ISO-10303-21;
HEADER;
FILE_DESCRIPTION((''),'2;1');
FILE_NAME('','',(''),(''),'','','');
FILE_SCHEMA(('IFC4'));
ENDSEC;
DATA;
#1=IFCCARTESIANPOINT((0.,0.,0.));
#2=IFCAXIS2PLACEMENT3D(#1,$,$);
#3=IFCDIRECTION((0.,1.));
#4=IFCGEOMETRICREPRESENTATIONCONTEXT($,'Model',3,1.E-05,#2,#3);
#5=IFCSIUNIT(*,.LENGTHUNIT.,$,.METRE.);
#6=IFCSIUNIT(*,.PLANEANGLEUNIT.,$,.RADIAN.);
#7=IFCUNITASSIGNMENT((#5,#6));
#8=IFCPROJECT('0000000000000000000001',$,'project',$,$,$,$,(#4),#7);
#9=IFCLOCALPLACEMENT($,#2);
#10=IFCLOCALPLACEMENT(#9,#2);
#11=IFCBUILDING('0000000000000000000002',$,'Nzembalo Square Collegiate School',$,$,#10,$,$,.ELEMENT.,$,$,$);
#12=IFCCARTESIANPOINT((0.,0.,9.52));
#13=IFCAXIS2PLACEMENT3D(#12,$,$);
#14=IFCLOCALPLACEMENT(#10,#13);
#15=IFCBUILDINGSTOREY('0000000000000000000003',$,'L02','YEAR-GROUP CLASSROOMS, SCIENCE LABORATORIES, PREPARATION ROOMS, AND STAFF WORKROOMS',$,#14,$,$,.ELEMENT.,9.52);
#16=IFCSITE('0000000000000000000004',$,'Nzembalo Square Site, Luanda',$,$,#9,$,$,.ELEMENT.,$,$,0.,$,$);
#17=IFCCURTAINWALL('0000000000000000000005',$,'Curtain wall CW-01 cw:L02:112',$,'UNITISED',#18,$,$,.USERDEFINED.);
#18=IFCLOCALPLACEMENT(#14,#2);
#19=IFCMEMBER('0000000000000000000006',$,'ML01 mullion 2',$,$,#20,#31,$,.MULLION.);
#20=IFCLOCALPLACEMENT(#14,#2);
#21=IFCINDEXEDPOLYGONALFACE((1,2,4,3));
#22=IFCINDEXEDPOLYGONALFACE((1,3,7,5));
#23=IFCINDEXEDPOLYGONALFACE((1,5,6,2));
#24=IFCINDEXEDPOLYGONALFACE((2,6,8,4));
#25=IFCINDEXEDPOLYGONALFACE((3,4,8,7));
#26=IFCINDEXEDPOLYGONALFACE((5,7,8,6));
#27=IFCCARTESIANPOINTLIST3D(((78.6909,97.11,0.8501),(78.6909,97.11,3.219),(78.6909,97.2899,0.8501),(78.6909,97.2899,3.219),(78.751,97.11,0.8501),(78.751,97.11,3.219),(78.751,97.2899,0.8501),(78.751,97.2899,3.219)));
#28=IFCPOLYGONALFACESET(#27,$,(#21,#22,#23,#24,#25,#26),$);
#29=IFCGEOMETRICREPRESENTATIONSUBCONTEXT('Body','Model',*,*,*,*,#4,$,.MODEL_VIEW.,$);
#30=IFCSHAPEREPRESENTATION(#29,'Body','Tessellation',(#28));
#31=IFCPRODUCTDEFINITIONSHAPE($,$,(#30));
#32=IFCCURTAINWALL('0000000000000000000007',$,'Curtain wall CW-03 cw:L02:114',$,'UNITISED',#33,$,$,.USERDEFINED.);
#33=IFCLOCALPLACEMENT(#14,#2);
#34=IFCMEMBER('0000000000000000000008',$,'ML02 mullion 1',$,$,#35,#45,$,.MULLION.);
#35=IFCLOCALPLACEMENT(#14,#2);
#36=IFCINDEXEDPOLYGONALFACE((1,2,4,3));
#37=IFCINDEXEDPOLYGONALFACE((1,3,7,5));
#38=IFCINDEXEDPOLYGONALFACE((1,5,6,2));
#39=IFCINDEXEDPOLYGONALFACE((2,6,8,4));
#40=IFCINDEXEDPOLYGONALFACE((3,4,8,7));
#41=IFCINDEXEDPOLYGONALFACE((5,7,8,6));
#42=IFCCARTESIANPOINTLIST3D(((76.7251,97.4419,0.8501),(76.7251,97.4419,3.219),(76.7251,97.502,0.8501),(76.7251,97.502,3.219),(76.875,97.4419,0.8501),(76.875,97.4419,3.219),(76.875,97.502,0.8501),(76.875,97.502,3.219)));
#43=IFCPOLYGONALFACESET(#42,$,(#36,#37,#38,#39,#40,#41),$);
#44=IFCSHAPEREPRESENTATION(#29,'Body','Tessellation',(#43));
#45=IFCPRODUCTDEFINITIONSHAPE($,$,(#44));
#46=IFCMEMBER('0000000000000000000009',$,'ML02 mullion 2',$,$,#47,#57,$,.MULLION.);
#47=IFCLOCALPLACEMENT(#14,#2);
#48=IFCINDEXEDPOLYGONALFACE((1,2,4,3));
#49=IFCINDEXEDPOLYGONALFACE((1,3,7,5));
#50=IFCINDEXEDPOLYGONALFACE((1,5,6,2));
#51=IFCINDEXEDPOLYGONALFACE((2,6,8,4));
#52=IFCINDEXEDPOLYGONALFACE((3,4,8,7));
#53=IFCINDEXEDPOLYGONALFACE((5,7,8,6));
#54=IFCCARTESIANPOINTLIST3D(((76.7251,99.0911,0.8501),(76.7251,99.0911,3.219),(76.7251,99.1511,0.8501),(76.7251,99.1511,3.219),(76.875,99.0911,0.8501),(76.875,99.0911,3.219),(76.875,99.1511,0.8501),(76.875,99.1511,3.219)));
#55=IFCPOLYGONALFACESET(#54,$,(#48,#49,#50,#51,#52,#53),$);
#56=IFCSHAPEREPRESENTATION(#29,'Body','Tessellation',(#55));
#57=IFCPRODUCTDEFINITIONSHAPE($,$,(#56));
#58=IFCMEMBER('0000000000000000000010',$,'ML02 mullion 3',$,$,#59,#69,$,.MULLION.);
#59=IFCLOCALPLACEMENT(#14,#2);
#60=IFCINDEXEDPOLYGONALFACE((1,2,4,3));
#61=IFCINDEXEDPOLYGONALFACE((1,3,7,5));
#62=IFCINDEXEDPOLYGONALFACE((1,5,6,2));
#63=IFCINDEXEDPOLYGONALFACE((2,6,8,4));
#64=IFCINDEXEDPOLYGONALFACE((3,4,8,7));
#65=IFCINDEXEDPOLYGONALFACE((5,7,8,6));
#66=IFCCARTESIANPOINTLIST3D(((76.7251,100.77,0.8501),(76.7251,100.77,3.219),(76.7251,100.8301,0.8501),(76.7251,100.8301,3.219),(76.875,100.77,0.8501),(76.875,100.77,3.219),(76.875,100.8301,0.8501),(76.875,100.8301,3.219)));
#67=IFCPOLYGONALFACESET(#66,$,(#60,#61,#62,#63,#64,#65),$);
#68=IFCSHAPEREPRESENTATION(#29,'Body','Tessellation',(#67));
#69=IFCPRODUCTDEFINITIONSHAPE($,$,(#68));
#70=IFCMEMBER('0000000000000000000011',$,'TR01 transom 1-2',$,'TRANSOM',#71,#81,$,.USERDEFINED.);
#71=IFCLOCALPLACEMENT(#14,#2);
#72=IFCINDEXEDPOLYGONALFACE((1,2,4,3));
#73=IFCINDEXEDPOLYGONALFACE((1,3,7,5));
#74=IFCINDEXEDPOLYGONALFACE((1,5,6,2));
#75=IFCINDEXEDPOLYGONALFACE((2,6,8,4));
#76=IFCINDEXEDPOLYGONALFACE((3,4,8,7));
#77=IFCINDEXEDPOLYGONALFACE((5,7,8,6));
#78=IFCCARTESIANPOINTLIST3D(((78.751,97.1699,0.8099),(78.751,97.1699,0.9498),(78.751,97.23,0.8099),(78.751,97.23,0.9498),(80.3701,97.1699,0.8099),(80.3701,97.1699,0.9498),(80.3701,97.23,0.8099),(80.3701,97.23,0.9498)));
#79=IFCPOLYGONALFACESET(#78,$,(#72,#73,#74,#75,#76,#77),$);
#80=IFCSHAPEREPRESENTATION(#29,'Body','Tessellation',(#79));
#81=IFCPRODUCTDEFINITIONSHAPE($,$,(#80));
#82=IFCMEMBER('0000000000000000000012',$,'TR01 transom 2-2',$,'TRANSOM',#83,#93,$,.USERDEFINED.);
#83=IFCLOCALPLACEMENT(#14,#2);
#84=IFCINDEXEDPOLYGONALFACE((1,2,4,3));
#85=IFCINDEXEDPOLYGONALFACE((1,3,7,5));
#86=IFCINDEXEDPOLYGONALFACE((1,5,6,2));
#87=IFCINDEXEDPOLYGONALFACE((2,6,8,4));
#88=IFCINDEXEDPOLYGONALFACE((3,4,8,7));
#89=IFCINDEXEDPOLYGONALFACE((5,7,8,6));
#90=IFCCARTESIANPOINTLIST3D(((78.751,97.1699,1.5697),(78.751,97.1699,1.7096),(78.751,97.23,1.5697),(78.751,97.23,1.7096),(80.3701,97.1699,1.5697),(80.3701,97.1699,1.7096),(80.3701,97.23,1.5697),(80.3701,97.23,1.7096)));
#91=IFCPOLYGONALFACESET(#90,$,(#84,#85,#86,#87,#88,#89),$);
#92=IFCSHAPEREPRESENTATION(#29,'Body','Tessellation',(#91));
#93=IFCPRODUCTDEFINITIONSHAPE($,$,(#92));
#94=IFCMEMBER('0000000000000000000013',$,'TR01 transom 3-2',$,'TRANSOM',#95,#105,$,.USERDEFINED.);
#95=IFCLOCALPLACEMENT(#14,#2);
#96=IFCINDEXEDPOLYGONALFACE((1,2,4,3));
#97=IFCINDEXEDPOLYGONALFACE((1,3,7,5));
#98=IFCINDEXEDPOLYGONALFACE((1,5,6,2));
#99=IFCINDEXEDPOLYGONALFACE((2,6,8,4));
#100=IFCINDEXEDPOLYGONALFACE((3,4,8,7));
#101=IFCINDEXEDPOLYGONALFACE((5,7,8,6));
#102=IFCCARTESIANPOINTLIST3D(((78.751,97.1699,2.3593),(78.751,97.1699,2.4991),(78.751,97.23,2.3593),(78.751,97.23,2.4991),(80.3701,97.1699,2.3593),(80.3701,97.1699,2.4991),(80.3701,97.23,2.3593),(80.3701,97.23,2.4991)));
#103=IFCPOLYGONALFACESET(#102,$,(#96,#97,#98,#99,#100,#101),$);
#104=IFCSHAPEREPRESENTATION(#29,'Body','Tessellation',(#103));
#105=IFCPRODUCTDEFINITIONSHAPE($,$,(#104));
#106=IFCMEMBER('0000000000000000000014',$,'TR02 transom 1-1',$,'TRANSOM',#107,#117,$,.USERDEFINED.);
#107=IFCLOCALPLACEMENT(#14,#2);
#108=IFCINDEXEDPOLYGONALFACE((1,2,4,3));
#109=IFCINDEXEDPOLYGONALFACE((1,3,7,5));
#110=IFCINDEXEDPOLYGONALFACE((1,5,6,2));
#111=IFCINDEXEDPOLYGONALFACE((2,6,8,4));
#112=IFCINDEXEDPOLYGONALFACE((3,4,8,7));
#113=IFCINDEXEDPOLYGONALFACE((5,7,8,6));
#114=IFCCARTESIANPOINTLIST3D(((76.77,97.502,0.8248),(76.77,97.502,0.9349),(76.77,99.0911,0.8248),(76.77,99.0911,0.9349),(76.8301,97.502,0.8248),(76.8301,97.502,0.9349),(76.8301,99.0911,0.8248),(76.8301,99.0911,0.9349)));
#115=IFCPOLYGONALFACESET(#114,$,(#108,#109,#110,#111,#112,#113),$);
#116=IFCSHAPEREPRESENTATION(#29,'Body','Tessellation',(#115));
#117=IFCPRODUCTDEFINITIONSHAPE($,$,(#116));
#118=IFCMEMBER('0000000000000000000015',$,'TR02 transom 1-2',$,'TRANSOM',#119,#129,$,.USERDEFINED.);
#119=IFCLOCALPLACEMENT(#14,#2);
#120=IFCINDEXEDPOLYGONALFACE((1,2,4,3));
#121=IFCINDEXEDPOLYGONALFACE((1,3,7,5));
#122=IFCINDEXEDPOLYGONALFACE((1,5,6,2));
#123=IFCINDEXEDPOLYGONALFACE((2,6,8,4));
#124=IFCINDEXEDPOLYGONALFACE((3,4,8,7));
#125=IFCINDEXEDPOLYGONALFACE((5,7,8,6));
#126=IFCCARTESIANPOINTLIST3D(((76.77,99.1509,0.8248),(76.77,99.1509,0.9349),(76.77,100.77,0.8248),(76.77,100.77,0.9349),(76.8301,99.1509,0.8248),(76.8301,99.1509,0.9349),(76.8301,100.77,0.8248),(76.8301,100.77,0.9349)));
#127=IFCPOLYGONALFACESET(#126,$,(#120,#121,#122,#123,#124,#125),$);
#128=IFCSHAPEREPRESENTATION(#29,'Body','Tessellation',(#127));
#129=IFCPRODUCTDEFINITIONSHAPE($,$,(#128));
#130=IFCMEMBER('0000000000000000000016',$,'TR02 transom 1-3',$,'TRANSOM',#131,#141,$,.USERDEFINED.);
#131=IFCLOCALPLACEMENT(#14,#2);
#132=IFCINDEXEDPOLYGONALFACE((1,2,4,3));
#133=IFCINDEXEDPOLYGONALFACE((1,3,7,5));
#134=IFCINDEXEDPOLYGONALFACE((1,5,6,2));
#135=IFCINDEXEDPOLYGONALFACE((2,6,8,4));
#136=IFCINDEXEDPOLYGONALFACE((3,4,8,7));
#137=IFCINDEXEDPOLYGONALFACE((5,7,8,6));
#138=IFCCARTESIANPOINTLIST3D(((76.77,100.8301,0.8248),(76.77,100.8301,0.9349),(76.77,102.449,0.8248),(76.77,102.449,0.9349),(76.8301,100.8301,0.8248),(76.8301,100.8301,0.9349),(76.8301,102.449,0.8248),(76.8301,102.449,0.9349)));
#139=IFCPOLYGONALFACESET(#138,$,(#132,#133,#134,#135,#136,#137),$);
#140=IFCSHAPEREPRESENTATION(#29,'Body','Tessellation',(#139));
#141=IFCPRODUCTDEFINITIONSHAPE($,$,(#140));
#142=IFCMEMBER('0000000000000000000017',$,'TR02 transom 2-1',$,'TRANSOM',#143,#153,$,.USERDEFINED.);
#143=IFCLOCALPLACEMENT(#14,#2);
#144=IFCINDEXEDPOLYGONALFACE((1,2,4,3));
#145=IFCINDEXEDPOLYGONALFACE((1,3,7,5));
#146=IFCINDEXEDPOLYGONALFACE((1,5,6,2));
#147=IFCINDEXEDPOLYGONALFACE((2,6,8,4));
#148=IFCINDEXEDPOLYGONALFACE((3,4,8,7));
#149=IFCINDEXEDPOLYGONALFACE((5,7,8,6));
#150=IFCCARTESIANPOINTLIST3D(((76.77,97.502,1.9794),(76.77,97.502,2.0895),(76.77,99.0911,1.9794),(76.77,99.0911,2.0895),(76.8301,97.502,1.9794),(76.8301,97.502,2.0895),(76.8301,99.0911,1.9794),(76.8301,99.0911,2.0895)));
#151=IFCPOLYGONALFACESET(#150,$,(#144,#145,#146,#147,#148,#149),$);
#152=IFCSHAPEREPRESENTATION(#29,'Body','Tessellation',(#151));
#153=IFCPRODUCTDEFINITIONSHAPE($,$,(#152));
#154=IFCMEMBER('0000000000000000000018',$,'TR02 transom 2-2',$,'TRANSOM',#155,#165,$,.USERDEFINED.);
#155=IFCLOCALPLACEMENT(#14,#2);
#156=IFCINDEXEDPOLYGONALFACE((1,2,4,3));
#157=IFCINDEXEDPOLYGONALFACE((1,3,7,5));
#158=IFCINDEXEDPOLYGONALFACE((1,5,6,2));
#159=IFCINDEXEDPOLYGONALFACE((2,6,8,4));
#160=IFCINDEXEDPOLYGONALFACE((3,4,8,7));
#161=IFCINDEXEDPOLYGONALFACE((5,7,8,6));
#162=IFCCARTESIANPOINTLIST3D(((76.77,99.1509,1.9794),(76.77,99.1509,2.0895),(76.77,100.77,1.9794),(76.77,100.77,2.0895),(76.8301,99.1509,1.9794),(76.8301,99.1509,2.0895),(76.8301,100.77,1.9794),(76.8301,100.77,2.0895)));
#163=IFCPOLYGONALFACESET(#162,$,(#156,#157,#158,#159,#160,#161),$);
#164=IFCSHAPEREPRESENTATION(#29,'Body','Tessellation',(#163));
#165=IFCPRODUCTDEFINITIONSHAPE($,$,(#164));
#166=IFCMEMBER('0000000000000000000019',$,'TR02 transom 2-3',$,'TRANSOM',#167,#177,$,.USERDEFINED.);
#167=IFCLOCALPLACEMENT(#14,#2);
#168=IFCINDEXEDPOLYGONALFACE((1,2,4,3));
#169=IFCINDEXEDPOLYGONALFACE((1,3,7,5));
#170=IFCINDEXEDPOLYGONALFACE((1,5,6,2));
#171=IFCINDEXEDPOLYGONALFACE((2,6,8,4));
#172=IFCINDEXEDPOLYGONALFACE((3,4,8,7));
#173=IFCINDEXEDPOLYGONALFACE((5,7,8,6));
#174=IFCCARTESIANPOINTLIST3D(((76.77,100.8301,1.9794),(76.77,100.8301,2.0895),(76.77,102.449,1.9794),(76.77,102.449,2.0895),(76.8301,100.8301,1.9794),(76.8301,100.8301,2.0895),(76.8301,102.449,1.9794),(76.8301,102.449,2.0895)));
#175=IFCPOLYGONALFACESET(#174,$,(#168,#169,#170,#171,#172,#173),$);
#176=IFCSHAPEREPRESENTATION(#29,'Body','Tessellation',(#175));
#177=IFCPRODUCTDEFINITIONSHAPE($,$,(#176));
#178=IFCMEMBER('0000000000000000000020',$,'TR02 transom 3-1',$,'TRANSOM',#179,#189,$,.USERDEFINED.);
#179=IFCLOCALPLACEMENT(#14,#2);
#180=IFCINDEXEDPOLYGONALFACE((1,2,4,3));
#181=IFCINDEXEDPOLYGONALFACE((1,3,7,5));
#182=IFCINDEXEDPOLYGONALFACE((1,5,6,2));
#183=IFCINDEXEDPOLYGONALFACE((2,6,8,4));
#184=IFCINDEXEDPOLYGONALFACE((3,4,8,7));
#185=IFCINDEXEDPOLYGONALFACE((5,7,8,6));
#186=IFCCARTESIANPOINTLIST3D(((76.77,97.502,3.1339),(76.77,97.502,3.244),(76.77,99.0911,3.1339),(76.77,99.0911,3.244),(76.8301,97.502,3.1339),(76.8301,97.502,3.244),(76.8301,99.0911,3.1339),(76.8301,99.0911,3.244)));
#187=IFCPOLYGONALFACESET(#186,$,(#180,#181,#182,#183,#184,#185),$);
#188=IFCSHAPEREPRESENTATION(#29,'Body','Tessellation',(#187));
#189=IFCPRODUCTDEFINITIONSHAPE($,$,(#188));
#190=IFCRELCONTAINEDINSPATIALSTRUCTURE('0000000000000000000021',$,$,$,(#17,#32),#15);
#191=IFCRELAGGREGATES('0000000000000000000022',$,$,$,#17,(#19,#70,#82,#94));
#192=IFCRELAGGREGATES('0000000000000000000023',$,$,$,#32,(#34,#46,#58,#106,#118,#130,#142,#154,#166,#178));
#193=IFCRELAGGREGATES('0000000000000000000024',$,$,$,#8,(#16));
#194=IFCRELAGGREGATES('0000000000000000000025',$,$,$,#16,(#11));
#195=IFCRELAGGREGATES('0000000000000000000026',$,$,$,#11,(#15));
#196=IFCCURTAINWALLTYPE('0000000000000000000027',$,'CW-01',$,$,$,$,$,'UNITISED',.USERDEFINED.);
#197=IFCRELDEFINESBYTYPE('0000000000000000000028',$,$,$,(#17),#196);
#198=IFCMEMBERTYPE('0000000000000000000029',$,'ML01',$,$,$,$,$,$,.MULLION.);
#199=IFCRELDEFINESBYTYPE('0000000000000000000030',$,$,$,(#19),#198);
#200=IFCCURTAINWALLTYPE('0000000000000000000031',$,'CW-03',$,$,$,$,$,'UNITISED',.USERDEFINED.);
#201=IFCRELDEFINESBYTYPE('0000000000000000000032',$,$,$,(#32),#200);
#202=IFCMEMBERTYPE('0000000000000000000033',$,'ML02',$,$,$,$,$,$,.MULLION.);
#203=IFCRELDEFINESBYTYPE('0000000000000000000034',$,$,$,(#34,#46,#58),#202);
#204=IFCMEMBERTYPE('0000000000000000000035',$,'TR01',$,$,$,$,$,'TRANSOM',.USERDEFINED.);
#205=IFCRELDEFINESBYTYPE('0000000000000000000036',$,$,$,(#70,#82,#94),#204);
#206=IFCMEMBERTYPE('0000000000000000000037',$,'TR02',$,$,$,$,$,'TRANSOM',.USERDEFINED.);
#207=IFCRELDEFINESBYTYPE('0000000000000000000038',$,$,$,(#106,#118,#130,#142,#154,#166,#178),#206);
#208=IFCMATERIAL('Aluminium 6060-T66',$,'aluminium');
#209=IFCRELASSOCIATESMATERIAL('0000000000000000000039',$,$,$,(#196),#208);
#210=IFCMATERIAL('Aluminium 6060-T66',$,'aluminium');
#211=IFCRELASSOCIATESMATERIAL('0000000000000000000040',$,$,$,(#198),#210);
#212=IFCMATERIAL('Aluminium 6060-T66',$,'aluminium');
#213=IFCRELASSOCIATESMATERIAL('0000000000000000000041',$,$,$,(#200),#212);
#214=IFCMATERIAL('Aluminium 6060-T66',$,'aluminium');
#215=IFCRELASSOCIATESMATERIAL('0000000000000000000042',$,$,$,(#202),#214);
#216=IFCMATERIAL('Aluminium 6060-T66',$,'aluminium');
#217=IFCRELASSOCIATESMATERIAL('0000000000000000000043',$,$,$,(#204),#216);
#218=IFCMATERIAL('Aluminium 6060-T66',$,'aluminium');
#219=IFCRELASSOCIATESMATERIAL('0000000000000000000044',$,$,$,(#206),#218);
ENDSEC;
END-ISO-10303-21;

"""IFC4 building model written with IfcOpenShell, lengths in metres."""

from ifc_helpers import new_model, si_unit, direction, frame, origin, origin_2d, place, context, subcontext, project, spatial, rectangle, extrude, material, material_profile, profile_set, type_object, element, aggregate, save


model = new_model("IFC4")

# Units and contexts
model_context = context("Model", 3, precision=1e-05, world=origin(), true_north=direction((0.0, 1.0)))
body_context = subcontext(model_context, "Body", "Model", "MODEL_VIEW")
ifc_project = project(units=[si_unit("LENGTHUNIT", "METRE"), si_unit("PLANEANGLEUNIT", "RADIAN")], contexts=[model_context])

# Site, building, storey
site_placement = place(None, origin())
site = spatial("IfcSite", under=ifc_project, at=site_placement, Name="Nzembalo Square Site, Luanda", CompositionType="ELEMENT", RefElevation=0.0)
building_placement = place(site_placement, origin())
building = spatial("IfcBuilding", under=site, at=building_placement, Name="Nzembalo Square Collegiate School", CompositionType="ELEMENT")
storey_placement = place(building_placement, frame((0.0, 0.0, 9.52)))
storey = spatial("IfcBuildingStorey", under=building, at=storey_placement, Name="L02", Description="YEAR-GROUP CLASSROOMS, SCIENCE LABORATORIES, PREPARATION ROOMS, AND STAFF WORKROOMS", CompositionType="ELEMENT", Elevation=9.52)

# Curtain wall, member
ifc_material_1 = material(Name="Aluminium 6060-T66", Category="aluminium")
curtain_wall_type_1 = type_object("IfcCurtainWallType", Name="CW-01", ElementType="UNITISED", PredefinedType="USERDEFINED", material=ifc_material_1)
curtain_wall_1_placement = place(storey_placement, origin())
curtain_wall_1 = element("IfcCurtainWall", 1, at=curtain_wall_1_placement, inside=storey, type_object=curtain_wall_type_1, Name="Curtain wall CW-01 cw:L02:112", ObjectType="UNITISED", PredefinedType="USERDEFINED")
ifc_material_2 = material(Name="Aluminium 6060-T66", Category="aluminium")
ifc_material_profile_1 = material_profile(ifc_material_2, rectangle(XDim=0.0601, YDim=0.1799, at=origin_2d()), Name="ALU M60x180")
ifc_profile_set_1 = profile_set([ifc_material_profile_1], Name="Aluminium 6060-T66")
member_type_1 = type_object("IfcMemberType", Name="ML01", PredefinedType="MULLION", material=ifc_profile_set_1)
member_1_placement = place(storey_placement, frame((78.7209, 97.2, 0.8501), z_axis=(0.0, 0.0, 1.0), x_axis=(1.0, 0.0, 0.0)))
member_1 = element("IfcMember", 2, at=member_1_placement, type_object=member_type_1, Name="ML01 mullion 2", PredefinedType="MULLION", context=body_context, shape_type="SweptSolid", body=[
    extrude(rectangle(XDim=0.0601, YDim=0.1799, at=origin_2d()), origin(), (0.0, 0.0, 1.0), 2.3689),
])

# Curtain wall, members
ifc_material_3 = material(Name="Aluminium 6060-T66", Category="aluminium")
curtain_wall_type_2 = type_object("IfcCurtainWallType", Name="CW-03", ElementType="UNITISED", PredefinedType="USERDEFINED", material=ifc_material_3)
curtain_wall_2_placement = place(storey_placement, origin())
curtain_wall_2 = element("IfcCurtainWall", 3, at=curtain_wall_2_placement, inside=storey, type_object=curtain_wall_type_2, Name="Curtain wall CW-03 cw:L02:114", ObjectType="UNITISED", PredefinedType="USERDEFINED")
ifc_material_4 = material(Name="Aluminium 6060-T66", Category="aluminium")
ifc_material_profile_2 = material_profile(ifc_material_4, rectangle(XDim=0.0601, YDim=0.1499, at=origin_2d()), Name="ALU M60x150")
ifc_profile_set_2 = profile_set([ifc_material_profile_2], Name="Aluminium 6060-T66")
member_type_2 = type_object("IfcMemberType", Name="ML02", PredefinedType="MULLION", material=ifc_profile_set_2)
member_2_placement = place(storey_placement, frame((76.8, 97.4719, 0.8501), z_axis=(0.0, 0.0, 1.0), x_axis=(0.0, 1.0, 0.0)))
member_2 = element("IfcMember", 4, at=member_2_placement, type_object=member_type_2, Name="ML02 mullion 1", PredefinedType="MULLION", context=body_context, shape_type="SweptSolid", body=[
    extrude(rectangle(XDim=0.0601, YDim=0.1499, at=origin_2d()), origin(), (0.0, 0.0, 1.0), 2.3689),
])
member_3_placement = place(storey_placement, frame((76.8, 99.1211, 0.8501), z_axis=(0.0, 0.0, 1.0), x_axis=(0.0, 1.0, 0.0)))
member_3 = element("IfcMember", 5, at=member_3_placement, type_object=member_type_2, Name="ML02 mullion 2", PredefinedType="MULLION", context=body_context, shape_type="SweptSolid", body=[
    extrude(rectangle(XDim=0.0601, YDim=0.1499, at=origin_2d()), origin(), (0.0, 0.0, 1.0), 2.3689),
])
member_4_placement = place(storey_placement, frame((76.8, 100.8, 0.8501), z_axis=(0.0, 0.0, 1.0), x_axis=(0.0, 1.0, 0.0)))
member_4 = element("IfcMember", 6, at=member_4_placement, type_object=member_type_2, Name="ML02 mullion 3", PredefinedType="MULLION", context=body_context, shape_type="SweptSolid", body=[
    extrude(rectangle(XDim=0.0601, YDim=0.1499, at=origin_2d()), origin(), (0.0, 0.0, 1.0), 2.3689),
])

# Members
ifc_material_5 = material(Name="Aluminium 6060-T66", Category="aluminium")
ifc_material_profile_3 = material_profile(ifc_material_5, rectangle(XDim=0.0601, YDim=0.1399, at=origin_2d()), Name="ALU T60x140")
ifc_profile_set_3 = profile_set([ifc_material_profile_3], Name="Aluminium 6060-T66")
member_type_3 = type_object("IfcMemberType", Name="TR01", ElementType="TRANSOM", PredefinedType="USERDEFINED", material=ifc_profile_set_3)
member_5_placement = place(storey_placement, frame((78.751, 97.2, 0.8799), z_axis=(1.0, 0.0, 0.0), x_axis=(0.0, 1.0, 0.0)))
member_5 = element("IfcMember", 7, at=member_5_placement, type_object=member_type_3, Name="TR01 transom 1-2", ObjectType="TRANSOM", PredefinedType="USERDEFINED", context=body_context, shape_type="SweptSolid", body=[
    extrude(rectangle(XDim=0.0601, YDim=0.1399, at=origin_2d()), origin(), (0.0, 0.0, 1.0), 1.6191),
])
member_6_placement = place(storey_placement, frame((78.751, 97.2, 1.6396), z_axis=(1.0, 0.0, 0.0), x_axis=(0.0, 1.0, 0.0)))
member_6 = element("IfcMember", 8, at=member_6_placement, type_object=member_type_3, Name="TR01 transom 2-2", ObjectType="TRANSOM", PredefinedType="USERDEFINED", context=body_context, shape_type="SweptSolid", body=[
    extrude(rectangle(XDim=0.0601, YDim=0.1399, at=origin_2d()), origin(), (0.0, 0.0, 1.0), 1.6191),
])
member_7_placement = place(storey_placement, frame((78.751, 97.2, 2.4292), z_axis=(1.0, 0.0, 0.0), x_axis=(0.0, 1.0, 0.0)))
member_7 = element("IfcMember", 9, at=member_7_placement, type_object=member_type_3, Name="TR01 transom 3-2", ObjectType="TRANSOM", PredefinedType="USERDEFINED", context=body_context, shape_type="SweptSolid", body=[
    extrude(rectangle(XDim=0.0601, YDim=0.1399, at=origin_2d()), origin(), (0.0, 0.0, 1.0), 1.6191),
])
ifc_material_6 = material(Name="Aluminium 6060-T66", Category="aluminium")
ifc_material_profile_4 = material_profile(ifc_material_6, rectangle(XDim=0.0601, YDim=0.1101, at=origin_2d()), Name="ALU T60x110")
ifc_profile_set_4 = profile_set([ifc_material_profile_4], Name="Aluminium 6060-T66")
member_type_4 = type_object("IfcMemberType", Name="TR02", ElementType="TRANSOM", PredefinedType="USERDEFINED", material=ifc_profile_set_4)
member_8_placement = place(storey_placement, frame((76.8, 97.502, 0.8799), z_axis=(0.0, 1.0, 0.0), x_axis=(-1.0, 0.0, 0.0)))
member_8 = element("IfcMember", 10, at=member_8_placement, type_object=member_type_4, Name="TR02 transom 1-1", ObjectType="TRANSOM", PredefinedType="USERDEFINED", context=body_context, shape_type="SweptSolid", body=[
    extrude(rectangle(XDim=0.0601, YDim=0.1101, at=origin_2d()), origin(), (0.0, 0.0, 1.0), 1.5891),
])
member_9_placement = place(storey_placement, frame((76.8, 99.1509, 0.8799), z_axis=(0.0, 1.0, 0.0), x_axis=(-1.0, 0.0, 0.0)))
member_9 = element("IfcMember", 11, at=member_9_placement, type_object=member_type_4, Name="TR02 transom 1-2", ObjectType="TRANSOM", PredefinedType="USERDEFINED", context=body_context, shape_type="SweptSolid", body=[
    extrude(rectangle(XDim=0.0601, YDim=0.1101, at=origin_2d()), origin(), (0.0, 0.0, 1.0), 1.6191),
])
member_10_placement = place(storey_placement, frame((76.8, 100.8301, 0.8799), z_axis=(0.0, 1.0, 0.0), x_axis=(-1.0, 0.0, 0.0)))
member_10 = element("IfcMember", 12, at=member_10_placement, type_object=member_type_4, Name="TR02 transom 1-3", ObjectType="TRANSOM", PredefinedType="USERDEFINED", context=body_context, shape_type="SweptSolid", body=[
    extrude(rectangle(XDim=0.0601, YDim=0.1101, at=origin_2d()), origin(), (0.0, 0.0, 1.0), 1.6189),
])
member_11_placement = place(storey_placement, frame((76.8, 97.502, 2.0344), z_axis=(0.0, 1.0, 0.0), x_axis=(-1.0, 0.0, 0.0)))
member_11 = element("IfcMember", 13, at=member_11_placement, type_object=member_type_4, Name="TR02 transom 2-1", ObjectType="TRANSOM", PredefinedType="USERDEFINED", context=body_context, shape_type="SweptSolid", body=[
    extrude(rectangle(XDim=0.0601, YDim=0.1101, at=origin_2d()), origin(), (0.0, 0.0, 1.0), 1.5891),
])
member_12_placement = place(storey_placement, frame((76.8, 99.1509, 2.0344), z_axis=(0.0, 1.0, 0.0), x_axis=(-1.0, 0.0, 0.0)))
member_12 = element("IfcMember", 14, at=member_12_placement, type_object=member_type_4, Name="TR02 transom 2-2", ObjectType="TRANSOM", PredefinedType="USERDEFINED", context=body_context, shape_type="SweptSolid", body=[
    extrude(rectangle(XDim=0.0601, YDim=0.1101, at=origin_2d()), origin(), (0.0, 0.0, 1.0), 1.6191),
])
member_13_placement = place(storey_placement, frame((76.8, 100.8301, 2.0344), z_axis=(0.0, 1.0, 0.0), x_axis=(-1.0, 0.0, 0.0)))
member_13 = element("IfcMember", 15, at=member_13_placement, type_object=member_type_4, Name="TR02 transom 2-3", ObjectType="TRANSOM", PredefinedType="USERDEFINED", context=body_context, shape_type="SweptSolid", body=[
    extrude(rectangle(XDim=0.0601, YDim=0.1101, at=origin_2d()), origin(), (0.0, 0.0, 1.0), 1.6189),
])
member_14_placement = place(storey_placement, frame((76.8, 97.502, 3.189), z_axis=(0.0, 1.0, 0.0), x_axis=(-1.0, 0.0, 0.0)))
member_14 = element("IfcMember", 16, at=member_14_placement, type_object=member_type_4, Name="TR02 transom 3-1", ObjectType="TRANSOM", PredefinedType="USERDEFINED", context=body_context, shape_type="SweptSolid", body=[
    extrude(rectangle(XDim=0.0601, YDim=0.1101, at=origin_2d()), origin(), (0.0, 0.0, 1.0), 1.5891),
])

aggregate(curtain_wall_1, [member_1, member_5, member_6, member_7])
aggregate(curtain_wall_2, [member_2, member_3, member_4, member_8, member_9, member_10, member_11, member_12, member_13, member_14])

save(model, "model.ifc")
